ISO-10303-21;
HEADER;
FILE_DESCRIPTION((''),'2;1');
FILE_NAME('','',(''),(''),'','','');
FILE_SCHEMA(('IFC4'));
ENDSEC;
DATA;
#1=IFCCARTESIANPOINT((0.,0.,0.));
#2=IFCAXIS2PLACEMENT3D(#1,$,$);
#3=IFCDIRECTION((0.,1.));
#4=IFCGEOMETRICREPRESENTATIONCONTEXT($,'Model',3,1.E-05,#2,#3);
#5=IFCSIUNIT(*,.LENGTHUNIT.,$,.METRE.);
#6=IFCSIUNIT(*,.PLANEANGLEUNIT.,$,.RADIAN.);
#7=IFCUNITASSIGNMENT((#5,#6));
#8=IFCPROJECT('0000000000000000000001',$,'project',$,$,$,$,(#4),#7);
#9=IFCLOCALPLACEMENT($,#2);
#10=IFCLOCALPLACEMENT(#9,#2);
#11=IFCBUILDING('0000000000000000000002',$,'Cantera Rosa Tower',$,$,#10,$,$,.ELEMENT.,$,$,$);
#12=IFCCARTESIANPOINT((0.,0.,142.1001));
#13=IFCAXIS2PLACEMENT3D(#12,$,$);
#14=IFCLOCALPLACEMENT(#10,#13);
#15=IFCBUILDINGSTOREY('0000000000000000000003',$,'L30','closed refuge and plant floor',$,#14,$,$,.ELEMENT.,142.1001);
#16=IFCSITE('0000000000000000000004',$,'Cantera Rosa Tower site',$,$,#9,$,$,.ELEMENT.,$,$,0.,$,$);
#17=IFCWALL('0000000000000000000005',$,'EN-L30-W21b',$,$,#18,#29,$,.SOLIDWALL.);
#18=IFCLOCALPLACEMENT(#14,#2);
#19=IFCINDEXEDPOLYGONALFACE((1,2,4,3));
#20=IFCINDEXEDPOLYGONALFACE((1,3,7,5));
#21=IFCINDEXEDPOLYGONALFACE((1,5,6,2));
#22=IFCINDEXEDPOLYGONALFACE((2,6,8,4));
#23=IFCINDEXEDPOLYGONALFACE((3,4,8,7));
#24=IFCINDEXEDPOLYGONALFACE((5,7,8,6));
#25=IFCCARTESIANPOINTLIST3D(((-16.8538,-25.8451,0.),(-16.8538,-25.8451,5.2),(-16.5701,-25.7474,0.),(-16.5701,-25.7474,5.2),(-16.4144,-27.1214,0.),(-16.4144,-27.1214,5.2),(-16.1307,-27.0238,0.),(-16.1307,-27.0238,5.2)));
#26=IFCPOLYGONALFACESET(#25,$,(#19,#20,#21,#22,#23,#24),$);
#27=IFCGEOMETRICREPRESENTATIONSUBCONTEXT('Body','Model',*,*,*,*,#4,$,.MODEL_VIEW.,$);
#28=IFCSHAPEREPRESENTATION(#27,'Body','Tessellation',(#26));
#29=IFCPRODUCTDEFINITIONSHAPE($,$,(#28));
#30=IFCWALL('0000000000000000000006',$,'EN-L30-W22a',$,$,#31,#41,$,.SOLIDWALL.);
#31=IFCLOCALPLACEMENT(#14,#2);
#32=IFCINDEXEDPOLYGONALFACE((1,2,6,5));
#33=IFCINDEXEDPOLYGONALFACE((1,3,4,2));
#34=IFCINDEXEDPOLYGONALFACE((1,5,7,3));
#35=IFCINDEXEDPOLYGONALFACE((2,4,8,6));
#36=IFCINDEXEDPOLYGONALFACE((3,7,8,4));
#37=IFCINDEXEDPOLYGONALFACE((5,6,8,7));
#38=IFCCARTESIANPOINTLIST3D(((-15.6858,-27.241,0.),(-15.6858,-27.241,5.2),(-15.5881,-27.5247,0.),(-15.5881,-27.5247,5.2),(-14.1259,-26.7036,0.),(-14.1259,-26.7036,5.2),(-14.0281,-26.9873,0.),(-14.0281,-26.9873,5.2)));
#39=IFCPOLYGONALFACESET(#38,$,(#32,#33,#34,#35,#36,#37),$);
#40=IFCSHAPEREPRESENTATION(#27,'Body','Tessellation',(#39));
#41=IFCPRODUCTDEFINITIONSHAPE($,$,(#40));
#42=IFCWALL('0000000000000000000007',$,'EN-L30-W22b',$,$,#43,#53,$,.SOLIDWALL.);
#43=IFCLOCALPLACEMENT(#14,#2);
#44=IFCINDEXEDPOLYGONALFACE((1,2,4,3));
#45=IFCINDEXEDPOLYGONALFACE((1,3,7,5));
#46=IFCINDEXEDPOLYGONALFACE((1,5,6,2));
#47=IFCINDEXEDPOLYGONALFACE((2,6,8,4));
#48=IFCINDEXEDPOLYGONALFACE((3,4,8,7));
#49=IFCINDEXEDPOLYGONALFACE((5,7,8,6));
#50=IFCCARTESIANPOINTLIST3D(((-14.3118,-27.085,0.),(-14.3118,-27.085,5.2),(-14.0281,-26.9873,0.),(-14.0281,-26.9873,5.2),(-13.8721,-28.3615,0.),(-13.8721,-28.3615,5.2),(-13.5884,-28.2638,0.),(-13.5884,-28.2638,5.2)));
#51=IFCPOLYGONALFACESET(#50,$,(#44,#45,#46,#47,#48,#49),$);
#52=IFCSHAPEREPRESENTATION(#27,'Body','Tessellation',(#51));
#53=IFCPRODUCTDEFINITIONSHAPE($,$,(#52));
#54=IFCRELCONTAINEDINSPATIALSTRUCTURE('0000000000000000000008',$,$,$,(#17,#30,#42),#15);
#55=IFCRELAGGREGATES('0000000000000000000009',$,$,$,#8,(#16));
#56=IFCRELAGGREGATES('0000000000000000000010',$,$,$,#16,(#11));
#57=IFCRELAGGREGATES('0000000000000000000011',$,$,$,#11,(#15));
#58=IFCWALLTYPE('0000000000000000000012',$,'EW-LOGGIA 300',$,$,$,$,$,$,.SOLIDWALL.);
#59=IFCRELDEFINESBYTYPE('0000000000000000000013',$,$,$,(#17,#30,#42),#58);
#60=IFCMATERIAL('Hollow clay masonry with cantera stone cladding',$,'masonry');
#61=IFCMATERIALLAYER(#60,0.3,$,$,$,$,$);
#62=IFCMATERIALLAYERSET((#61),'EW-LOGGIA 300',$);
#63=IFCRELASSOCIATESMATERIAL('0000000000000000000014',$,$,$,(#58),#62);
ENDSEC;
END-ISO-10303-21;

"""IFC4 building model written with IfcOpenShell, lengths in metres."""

from ifc_helpers import new_model, si_unit, direction, frame, frame_2d, origin, place, context, subcontext, project, spatial, rectangle, extrude, material, layer, layer_set, type_object, element, save


model = new_model("IFC4")

# Units and contexts
model_context = context("Model", 3, precision=1e-05, world=origin(), true_north=direction((0.0, 1.0)))
body_context = subcontext(model_context, "Body", "Model", "MODEL_VIEW")
ifc_project = project(units=[si_unit("LENGTHUNIT", "METRE"), si_unit("PLANEANGLEUNIT", "RADIAN")], contexts=[model_context])

# Site, building, storey
site_placement = place(None, origin())
site = spatial("IfcSite", under=ifc_project, at=site_placement, Name="Cantera Rosa Tower site", CompositionType="ELEMENT", RefElevation=0.0)
building_placement = place(site_placement, origin())
building = spatial("IfcBuilding", under=site, at=building_placement, Name="Cantera Rosa Tower", CompositionType="ELEMENT")
storey_placement = place(building_placement, frame((0.0, 0.0, 142.1001)))
storey = spatial("IfcBuildingStorey", under=building, at=storey_placement, Name="L30", Description="closed refuge and plant floor", CompositionType="ELEMENT", Elevation=142.1001)

# Walls
ifc_material_1 = material(Name="Hollow clay masonry with cantera stone cladding", Category="masonry")
ifc_layer_1 = layer(ifc_material_1, 0.3)
ifc_layer_set_1 = layer_set([ifc_layer_1], Name="EW-LOGGIA 300")
wall_type_1 = type_object("IfcWallType", Name="EW-LOGGIA 300", PredefinedType="SOLIDWALL", material=ifc_layer_set_1)
wall_1_placement = place(storey_placement, frame((-16.7119, -25.7964, 0.0), z_axis=(0.0, 0.0, 1.0), x_axis=(0.325545, -0.945527, 0.0)))
element("IfcWall", 1, at=wall_1_placement, inside=storey, type_object=wall_type_1, Name="EN-L30-W21b", PredefinedType="SOLIDWALL", context=body_context, shape_type="SweptSolid", body=[
    extrude(rectangle(XDim=1.3499, YDim=0.3, at=frame_2d((0.6748, 0.0))), origin(), (0.0, 0.0, 1.0), 5.2),
])
wall_2_placement = place(storey_placement, frame((-15.637, -27.3828, 0.0), z_axis=(0.0, 0.0, 1.0), x_axis=(0.945485, 0.325667, 0.0)))
element("IfcWall", 2, at=wall_2_placement, inside=storey, type_object=wall_type_1, Name="EN-L30-W22a", PredefinedType="SOLIDWALL", context=body_context, shape_type="SweptSolid", body=[
    extrude(rectangle(XDim=1.6499, YDim=0.3, at=frame_2d((0.825, 0.0))), origin(), (0.0, 0.0, 1.0), 5.2),
])
wall_3_placement = place(storey_placement, frame((-14.1699, -27.0361, 0.0), z_axis=(0.0, 0.0, 1.0), x_axis=(0.325651, -0.94549, 0.0)))
element("IfcWall", 3, at=wall_3_placement, inside=storey, type_object=wall_type_1, Name="EN-L30-W22b", PredefinedType="SOLIDWALL", context=body_context, shape_type="SweptSolid", body=[
    extrude(rectangle(XDim=1.3501, YDim=0.3, at=frame_2d((0.675, 0.0))), origin(), (0.0, 0.0, 1.0), 5.2),
])

save(model, "model.ifc")
